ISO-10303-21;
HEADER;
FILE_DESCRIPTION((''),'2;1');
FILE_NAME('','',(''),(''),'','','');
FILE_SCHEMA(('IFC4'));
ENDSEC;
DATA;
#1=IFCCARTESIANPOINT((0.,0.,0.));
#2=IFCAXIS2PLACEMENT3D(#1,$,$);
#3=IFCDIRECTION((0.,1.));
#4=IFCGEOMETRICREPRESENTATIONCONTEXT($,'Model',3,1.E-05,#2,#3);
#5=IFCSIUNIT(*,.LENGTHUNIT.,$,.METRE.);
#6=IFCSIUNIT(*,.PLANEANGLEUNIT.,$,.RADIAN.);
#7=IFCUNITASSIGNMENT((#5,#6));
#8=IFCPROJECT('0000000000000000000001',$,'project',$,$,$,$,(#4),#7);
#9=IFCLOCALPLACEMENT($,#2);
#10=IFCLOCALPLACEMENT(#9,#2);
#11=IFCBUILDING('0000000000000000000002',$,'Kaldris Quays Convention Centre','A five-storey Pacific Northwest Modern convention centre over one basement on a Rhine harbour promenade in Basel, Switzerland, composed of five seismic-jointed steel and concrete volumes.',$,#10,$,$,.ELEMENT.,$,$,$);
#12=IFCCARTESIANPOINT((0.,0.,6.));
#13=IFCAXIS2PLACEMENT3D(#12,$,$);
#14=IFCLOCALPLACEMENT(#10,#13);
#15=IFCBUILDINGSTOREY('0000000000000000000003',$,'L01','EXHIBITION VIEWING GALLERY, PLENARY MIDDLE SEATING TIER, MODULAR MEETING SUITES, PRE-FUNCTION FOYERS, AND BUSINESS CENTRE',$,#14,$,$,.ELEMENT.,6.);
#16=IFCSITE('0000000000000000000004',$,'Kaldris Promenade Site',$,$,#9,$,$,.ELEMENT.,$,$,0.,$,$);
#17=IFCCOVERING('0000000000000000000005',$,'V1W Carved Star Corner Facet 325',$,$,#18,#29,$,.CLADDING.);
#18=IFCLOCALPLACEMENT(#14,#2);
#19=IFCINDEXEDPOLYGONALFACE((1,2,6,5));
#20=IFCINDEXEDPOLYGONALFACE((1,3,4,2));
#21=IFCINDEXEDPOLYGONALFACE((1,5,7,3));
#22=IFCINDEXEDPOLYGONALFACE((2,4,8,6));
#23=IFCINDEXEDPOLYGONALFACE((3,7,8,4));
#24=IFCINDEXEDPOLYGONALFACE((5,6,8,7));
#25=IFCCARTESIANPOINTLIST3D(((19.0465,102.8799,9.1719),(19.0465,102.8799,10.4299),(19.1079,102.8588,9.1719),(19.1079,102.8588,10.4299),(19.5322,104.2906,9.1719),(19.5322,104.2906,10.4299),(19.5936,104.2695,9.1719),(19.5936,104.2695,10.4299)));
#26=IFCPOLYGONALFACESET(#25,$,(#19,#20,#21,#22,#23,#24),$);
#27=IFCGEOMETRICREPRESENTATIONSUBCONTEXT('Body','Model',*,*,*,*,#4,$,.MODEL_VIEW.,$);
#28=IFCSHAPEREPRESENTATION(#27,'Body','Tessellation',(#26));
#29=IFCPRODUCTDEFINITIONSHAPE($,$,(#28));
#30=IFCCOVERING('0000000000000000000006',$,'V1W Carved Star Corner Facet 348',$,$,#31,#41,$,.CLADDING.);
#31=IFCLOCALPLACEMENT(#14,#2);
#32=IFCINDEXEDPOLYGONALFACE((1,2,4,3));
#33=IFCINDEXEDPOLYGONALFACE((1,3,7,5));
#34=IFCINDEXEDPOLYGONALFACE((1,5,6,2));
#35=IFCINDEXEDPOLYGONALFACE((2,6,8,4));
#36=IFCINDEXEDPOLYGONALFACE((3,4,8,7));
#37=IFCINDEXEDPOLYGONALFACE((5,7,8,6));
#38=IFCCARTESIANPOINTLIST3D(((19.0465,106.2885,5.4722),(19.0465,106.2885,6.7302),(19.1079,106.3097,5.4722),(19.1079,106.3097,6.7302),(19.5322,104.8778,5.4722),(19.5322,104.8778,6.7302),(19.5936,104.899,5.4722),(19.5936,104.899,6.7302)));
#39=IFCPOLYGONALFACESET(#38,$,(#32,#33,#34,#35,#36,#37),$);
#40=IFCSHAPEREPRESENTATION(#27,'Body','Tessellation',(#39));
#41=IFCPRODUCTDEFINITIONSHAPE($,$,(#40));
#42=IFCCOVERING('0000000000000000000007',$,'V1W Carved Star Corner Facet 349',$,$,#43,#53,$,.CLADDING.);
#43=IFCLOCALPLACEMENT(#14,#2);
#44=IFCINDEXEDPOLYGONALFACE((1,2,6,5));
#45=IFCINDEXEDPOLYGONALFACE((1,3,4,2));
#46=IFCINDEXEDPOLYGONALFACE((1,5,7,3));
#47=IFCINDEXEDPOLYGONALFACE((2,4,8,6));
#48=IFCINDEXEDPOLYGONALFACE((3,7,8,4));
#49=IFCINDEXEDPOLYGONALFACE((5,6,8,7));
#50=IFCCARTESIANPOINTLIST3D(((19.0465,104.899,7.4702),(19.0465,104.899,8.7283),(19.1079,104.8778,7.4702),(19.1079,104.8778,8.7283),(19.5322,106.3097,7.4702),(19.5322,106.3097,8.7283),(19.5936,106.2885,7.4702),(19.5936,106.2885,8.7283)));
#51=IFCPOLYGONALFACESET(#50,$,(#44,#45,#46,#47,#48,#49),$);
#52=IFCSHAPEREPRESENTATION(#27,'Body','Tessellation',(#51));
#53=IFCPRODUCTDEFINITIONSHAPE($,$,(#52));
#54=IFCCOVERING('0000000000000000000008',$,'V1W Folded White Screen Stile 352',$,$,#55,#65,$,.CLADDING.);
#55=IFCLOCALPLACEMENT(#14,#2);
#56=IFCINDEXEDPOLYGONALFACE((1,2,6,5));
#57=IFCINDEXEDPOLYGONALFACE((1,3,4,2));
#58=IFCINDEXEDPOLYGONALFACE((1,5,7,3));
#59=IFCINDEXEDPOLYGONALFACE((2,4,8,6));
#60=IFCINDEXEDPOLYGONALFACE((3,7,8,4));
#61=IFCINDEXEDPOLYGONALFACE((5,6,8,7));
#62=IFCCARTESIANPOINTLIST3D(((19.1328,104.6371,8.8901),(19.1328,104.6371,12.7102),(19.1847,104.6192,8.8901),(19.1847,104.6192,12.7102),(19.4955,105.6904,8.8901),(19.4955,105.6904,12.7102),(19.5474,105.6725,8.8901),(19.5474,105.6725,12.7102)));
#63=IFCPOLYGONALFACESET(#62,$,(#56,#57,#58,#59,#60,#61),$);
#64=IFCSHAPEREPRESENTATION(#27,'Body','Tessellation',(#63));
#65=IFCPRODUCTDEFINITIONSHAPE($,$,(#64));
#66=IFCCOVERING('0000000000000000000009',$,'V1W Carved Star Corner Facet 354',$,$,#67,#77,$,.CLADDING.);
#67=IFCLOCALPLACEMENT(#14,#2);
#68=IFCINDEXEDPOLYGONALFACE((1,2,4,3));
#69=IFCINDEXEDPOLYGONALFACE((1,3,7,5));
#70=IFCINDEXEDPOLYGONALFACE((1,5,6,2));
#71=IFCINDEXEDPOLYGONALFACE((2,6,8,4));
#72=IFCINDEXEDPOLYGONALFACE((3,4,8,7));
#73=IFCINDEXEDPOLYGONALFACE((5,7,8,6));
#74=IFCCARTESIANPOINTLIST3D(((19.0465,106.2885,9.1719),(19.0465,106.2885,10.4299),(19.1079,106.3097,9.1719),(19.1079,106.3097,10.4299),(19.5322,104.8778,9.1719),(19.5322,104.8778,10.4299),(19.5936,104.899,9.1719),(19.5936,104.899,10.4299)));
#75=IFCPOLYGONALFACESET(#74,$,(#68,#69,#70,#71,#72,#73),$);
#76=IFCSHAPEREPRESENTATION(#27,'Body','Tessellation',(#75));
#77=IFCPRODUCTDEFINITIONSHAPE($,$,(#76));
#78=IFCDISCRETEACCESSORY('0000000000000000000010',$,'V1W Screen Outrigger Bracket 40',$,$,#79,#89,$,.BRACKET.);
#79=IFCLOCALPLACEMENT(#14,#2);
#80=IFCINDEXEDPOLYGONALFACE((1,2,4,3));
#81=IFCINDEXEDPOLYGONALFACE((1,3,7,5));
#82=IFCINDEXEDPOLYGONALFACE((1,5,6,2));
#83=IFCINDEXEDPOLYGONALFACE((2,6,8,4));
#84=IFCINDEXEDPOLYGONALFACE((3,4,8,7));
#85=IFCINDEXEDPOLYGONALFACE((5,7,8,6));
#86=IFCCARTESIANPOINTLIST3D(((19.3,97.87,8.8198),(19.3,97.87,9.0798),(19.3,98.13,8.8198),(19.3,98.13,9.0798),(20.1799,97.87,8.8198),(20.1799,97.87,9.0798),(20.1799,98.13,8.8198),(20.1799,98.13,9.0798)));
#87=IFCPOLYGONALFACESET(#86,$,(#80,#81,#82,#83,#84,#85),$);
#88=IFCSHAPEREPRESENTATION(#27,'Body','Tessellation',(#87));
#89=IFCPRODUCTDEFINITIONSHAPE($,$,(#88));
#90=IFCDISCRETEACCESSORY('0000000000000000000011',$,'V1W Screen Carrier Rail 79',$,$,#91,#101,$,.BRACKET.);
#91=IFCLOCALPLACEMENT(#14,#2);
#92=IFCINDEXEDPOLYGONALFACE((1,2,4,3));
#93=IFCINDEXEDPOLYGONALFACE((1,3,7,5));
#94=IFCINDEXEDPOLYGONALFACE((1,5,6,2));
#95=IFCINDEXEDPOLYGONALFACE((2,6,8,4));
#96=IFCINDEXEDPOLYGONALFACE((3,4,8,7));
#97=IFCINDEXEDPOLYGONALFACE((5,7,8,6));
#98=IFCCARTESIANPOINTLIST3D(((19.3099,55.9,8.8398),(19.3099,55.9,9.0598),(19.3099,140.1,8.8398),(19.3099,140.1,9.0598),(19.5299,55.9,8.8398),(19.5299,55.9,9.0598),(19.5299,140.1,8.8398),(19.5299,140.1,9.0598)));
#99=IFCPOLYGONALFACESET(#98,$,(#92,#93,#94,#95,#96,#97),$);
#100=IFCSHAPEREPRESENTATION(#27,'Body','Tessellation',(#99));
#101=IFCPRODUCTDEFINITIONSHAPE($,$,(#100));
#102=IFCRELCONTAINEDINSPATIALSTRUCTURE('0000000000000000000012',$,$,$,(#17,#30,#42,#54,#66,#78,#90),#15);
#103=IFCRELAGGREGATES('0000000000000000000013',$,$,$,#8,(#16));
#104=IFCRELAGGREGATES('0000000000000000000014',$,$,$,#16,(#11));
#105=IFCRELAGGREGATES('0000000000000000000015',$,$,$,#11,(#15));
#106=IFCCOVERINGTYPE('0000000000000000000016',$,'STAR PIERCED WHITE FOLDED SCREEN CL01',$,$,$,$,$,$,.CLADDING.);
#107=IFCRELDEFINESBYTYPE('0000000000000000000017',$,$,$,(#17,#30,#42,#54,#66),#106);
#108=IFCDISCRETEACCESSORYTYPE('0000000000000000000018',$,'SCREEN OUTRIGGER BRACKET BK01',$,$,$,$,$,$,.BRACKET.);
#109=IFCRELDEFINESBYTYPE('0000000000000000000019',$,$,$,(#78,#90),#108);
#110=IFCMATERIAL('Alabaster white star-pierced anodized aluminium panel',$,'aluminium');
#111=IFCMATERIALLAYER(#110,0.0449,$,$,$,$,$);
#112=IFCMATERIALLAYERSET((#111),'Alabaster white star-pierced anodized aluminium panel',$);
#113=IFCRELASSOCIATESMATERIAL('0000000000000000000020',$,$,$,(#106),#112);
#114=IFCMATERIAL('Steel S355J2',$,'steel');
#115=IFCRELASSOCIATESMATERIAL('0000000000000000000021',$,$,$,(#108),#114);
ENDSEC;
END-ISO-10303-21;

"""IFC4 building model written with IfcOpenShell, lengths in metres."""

from ifc_helpers import new_model, si_unit, direction, frame, origin, origin_2d, place, context, subcontext, project, spatial, rectangle, extrude, material, layer, layer_set, type_object, element, save


model = new_model("IFC4")

# Units and contexts
model_context = context("Model", 3, precision=1e-05, world=origin(), true_north=direction((0.0, 1.0)))
body_context = subcontext(model_context, "Body", "Model", "MODEL_VIEW")
ifc_project = project(units=[si_unit("LENGTHUNIT", "METRE"), si_unit("PLANEANGLEUNIT", "RADIAN")], contexts=[model_context])

# Site, building, storey
site_placement = place(None, origin())
site = spatial("IfcSite", under=ifc_project, at=site_placement, Name="Kaldris Promenade Site", CompositionType="ELEMENT", RefElevation=0.0)
building_placement = place(site_placement, origin())
building = spatial("IfcBuilding", under=site, at=building_placement, Name="Kaldris Quays Convention Centre", Description="A five-storey Pacific Northwest Modern convention centre over one basement on a Rhine harbour promenade in Basel, Switzerland, composed of five seismic-jointed steel and concrete volumes.", CompositionType="ELEMENT")
storey_placement = place(building_placement, frame((0.0, 0.0, 6.0)))
storey = spatial("IfcBuildingStorey", under=building, at=storey_placement, Name="L01", Description="EXHIBITION VIEWING GALLERY, PLENARY MIDDLE SEATING TIER, MODULAR MEETING SUITES, PRE-FUNCTION FOYERS, AND BUSINESS CENTRE", CompositionType="ELEMENT", Elevation=6.0)

# Coverings
ifc_material_1 = material(Name="Alabaster white star-pierced anodized aluminium panel", Category="aluminium")
ifc_layer = layer(ifc_material_1, 0.0449)
ifc_layer_set = layer_set([ifc_layer], Name="Alabaster white star-pierced anodized aluminium panel")
covering_type = type_object("IfcCoveringType", Name="STAR PIERCED WHITE FOLDED SCREEN CL01", PredefinedType="CLADDING", material=ifc_layer_set)
for number, where, z_axis, x_axis, name in (
    (1, (19.3201, 103.5747, 9.1719), (0.0, 0.0, 1.0), (0.325568, 0.945519, 0.0), "V1W Carved Star Corner Facet 325"),
    (2, (19.3201, 105.5938, 5.4722), (0.0, 0.0, 1.0), (-0.325568, 0.945519, 0.0), "V1W Carved Star Corner Facet 348"),
    (3, (19.3201, 105.5938, 7.4702), (0.0, 0.0, 1.0), (0.325568, 0.945519, 0.0), "V1W Carved Star Corner Facet 349"),
):
    element("IfcCovering", number, at=place(storey_placement, frame(where, z_axis=z_axis, x_axis=x_axis)), inside=storey, type_object=covering_type, Name=name, PredefinedType="CLADDING", context=body_context, shape_type="SweptSolid", body=[
        extrude(rectangle(XDim=1.4919, YDim=0.0649, at=origin_2d()), origin(), (0.0, 0.0, 1.0), 1.2581),
    ])
covering_1_placement = place(storey_placement, frame((19.3401, 105.1548, 8.8901), z_axis=(0.0, 0.0, 1.0), x_axis=(0.325568, 0.945519, 0.0)))
element("IfcCovering", 4, at=covering_1_placement, inside=storey, type_object=covering_type, Name="V1W Folded White Screen Stile 352", PredefinedType="CLADDING", context=body_context, shape_type="SweptSolid", body=[
    extrude(rectangle(XDim=1.114, YDim=0.0549, at=origin_2d()), origin(), (0.0, 0.0, 1.0), 3.8201),
])
covering_2_placement = place(storey_placement, frame((19.3201, 105.5938, 9.1719), z_axis=(0.0, 0.0, 1.0), x_axis=(-0.325568, 0.945519, 0.0)))
element("IfcCovering", 5, at=covering_2_placement, inside=storey, type_object=covering_type, Name="V1W Carved Star Corner Facet 354", PredefinedType="CLADDING", context=body_context, shape_type="SweptSolid", body=[
    extrude(rectangle(XDim=1.4919, YDim=0.0649, at=origin_2d()), origin(), (0.0, 0.0, 1.0), 1.2581),
])

# Discrete accessories
ifc_material_2 = material(Name="Steel S355J2", Category="steel")
discrete_accessory_type = type_object("IfcDiscreteAccessoryType", Name="SCREEN OUTRIGGER BRACKET BK01", PredefinedType="BRACKET", material=ifc_material_2)
discrete_accessory_1_placement = place(storey_placement, frame((19.74, 98.0, 8.8198), z_axis=(0.0, 0.0, 1.0), x_axis=(0.0, 1.0, 0.0)))
element("IfcDiscreteAccessory", 6, at=discrete_accessory_1_placement, inside=storey, type_object=discrete_accessory_type, Name="V1W Screen Outrigger Bracket 40", PredefinedType="BRACKET", context=body_context, shape_type="SweptSolid", body=[
    extrude(rectangle(XDim=0.26, YDim=0.8799, at=origin_2d()), origin(), (0.0, 0.0, 1.0), 0.26),
])
discrete_accessory_2_placement = place(storey_placement, frame((19.4199, 98.0, 8.8398), z_axis=(0.0, 0.0, 1.0), x_axis=(0.0, 1.0, 0.0)))
element("IfcDiscreteAccessory", 7, at=discrete_accessory_2_placement, inside=storey, type_object=discrete_accessory_type, Name="V1W Screen Carrier Rail 79", PredefinedType="BRACKET", context=body_context, shape_type="SweptSolid", body=[
    extrude(rectangle(XDim=84.2, YDim=0.22, at=origin_2d()), origin(), (0.0, 0.0, 1.0), 0.22),
])

save(model, "model.ifc")
